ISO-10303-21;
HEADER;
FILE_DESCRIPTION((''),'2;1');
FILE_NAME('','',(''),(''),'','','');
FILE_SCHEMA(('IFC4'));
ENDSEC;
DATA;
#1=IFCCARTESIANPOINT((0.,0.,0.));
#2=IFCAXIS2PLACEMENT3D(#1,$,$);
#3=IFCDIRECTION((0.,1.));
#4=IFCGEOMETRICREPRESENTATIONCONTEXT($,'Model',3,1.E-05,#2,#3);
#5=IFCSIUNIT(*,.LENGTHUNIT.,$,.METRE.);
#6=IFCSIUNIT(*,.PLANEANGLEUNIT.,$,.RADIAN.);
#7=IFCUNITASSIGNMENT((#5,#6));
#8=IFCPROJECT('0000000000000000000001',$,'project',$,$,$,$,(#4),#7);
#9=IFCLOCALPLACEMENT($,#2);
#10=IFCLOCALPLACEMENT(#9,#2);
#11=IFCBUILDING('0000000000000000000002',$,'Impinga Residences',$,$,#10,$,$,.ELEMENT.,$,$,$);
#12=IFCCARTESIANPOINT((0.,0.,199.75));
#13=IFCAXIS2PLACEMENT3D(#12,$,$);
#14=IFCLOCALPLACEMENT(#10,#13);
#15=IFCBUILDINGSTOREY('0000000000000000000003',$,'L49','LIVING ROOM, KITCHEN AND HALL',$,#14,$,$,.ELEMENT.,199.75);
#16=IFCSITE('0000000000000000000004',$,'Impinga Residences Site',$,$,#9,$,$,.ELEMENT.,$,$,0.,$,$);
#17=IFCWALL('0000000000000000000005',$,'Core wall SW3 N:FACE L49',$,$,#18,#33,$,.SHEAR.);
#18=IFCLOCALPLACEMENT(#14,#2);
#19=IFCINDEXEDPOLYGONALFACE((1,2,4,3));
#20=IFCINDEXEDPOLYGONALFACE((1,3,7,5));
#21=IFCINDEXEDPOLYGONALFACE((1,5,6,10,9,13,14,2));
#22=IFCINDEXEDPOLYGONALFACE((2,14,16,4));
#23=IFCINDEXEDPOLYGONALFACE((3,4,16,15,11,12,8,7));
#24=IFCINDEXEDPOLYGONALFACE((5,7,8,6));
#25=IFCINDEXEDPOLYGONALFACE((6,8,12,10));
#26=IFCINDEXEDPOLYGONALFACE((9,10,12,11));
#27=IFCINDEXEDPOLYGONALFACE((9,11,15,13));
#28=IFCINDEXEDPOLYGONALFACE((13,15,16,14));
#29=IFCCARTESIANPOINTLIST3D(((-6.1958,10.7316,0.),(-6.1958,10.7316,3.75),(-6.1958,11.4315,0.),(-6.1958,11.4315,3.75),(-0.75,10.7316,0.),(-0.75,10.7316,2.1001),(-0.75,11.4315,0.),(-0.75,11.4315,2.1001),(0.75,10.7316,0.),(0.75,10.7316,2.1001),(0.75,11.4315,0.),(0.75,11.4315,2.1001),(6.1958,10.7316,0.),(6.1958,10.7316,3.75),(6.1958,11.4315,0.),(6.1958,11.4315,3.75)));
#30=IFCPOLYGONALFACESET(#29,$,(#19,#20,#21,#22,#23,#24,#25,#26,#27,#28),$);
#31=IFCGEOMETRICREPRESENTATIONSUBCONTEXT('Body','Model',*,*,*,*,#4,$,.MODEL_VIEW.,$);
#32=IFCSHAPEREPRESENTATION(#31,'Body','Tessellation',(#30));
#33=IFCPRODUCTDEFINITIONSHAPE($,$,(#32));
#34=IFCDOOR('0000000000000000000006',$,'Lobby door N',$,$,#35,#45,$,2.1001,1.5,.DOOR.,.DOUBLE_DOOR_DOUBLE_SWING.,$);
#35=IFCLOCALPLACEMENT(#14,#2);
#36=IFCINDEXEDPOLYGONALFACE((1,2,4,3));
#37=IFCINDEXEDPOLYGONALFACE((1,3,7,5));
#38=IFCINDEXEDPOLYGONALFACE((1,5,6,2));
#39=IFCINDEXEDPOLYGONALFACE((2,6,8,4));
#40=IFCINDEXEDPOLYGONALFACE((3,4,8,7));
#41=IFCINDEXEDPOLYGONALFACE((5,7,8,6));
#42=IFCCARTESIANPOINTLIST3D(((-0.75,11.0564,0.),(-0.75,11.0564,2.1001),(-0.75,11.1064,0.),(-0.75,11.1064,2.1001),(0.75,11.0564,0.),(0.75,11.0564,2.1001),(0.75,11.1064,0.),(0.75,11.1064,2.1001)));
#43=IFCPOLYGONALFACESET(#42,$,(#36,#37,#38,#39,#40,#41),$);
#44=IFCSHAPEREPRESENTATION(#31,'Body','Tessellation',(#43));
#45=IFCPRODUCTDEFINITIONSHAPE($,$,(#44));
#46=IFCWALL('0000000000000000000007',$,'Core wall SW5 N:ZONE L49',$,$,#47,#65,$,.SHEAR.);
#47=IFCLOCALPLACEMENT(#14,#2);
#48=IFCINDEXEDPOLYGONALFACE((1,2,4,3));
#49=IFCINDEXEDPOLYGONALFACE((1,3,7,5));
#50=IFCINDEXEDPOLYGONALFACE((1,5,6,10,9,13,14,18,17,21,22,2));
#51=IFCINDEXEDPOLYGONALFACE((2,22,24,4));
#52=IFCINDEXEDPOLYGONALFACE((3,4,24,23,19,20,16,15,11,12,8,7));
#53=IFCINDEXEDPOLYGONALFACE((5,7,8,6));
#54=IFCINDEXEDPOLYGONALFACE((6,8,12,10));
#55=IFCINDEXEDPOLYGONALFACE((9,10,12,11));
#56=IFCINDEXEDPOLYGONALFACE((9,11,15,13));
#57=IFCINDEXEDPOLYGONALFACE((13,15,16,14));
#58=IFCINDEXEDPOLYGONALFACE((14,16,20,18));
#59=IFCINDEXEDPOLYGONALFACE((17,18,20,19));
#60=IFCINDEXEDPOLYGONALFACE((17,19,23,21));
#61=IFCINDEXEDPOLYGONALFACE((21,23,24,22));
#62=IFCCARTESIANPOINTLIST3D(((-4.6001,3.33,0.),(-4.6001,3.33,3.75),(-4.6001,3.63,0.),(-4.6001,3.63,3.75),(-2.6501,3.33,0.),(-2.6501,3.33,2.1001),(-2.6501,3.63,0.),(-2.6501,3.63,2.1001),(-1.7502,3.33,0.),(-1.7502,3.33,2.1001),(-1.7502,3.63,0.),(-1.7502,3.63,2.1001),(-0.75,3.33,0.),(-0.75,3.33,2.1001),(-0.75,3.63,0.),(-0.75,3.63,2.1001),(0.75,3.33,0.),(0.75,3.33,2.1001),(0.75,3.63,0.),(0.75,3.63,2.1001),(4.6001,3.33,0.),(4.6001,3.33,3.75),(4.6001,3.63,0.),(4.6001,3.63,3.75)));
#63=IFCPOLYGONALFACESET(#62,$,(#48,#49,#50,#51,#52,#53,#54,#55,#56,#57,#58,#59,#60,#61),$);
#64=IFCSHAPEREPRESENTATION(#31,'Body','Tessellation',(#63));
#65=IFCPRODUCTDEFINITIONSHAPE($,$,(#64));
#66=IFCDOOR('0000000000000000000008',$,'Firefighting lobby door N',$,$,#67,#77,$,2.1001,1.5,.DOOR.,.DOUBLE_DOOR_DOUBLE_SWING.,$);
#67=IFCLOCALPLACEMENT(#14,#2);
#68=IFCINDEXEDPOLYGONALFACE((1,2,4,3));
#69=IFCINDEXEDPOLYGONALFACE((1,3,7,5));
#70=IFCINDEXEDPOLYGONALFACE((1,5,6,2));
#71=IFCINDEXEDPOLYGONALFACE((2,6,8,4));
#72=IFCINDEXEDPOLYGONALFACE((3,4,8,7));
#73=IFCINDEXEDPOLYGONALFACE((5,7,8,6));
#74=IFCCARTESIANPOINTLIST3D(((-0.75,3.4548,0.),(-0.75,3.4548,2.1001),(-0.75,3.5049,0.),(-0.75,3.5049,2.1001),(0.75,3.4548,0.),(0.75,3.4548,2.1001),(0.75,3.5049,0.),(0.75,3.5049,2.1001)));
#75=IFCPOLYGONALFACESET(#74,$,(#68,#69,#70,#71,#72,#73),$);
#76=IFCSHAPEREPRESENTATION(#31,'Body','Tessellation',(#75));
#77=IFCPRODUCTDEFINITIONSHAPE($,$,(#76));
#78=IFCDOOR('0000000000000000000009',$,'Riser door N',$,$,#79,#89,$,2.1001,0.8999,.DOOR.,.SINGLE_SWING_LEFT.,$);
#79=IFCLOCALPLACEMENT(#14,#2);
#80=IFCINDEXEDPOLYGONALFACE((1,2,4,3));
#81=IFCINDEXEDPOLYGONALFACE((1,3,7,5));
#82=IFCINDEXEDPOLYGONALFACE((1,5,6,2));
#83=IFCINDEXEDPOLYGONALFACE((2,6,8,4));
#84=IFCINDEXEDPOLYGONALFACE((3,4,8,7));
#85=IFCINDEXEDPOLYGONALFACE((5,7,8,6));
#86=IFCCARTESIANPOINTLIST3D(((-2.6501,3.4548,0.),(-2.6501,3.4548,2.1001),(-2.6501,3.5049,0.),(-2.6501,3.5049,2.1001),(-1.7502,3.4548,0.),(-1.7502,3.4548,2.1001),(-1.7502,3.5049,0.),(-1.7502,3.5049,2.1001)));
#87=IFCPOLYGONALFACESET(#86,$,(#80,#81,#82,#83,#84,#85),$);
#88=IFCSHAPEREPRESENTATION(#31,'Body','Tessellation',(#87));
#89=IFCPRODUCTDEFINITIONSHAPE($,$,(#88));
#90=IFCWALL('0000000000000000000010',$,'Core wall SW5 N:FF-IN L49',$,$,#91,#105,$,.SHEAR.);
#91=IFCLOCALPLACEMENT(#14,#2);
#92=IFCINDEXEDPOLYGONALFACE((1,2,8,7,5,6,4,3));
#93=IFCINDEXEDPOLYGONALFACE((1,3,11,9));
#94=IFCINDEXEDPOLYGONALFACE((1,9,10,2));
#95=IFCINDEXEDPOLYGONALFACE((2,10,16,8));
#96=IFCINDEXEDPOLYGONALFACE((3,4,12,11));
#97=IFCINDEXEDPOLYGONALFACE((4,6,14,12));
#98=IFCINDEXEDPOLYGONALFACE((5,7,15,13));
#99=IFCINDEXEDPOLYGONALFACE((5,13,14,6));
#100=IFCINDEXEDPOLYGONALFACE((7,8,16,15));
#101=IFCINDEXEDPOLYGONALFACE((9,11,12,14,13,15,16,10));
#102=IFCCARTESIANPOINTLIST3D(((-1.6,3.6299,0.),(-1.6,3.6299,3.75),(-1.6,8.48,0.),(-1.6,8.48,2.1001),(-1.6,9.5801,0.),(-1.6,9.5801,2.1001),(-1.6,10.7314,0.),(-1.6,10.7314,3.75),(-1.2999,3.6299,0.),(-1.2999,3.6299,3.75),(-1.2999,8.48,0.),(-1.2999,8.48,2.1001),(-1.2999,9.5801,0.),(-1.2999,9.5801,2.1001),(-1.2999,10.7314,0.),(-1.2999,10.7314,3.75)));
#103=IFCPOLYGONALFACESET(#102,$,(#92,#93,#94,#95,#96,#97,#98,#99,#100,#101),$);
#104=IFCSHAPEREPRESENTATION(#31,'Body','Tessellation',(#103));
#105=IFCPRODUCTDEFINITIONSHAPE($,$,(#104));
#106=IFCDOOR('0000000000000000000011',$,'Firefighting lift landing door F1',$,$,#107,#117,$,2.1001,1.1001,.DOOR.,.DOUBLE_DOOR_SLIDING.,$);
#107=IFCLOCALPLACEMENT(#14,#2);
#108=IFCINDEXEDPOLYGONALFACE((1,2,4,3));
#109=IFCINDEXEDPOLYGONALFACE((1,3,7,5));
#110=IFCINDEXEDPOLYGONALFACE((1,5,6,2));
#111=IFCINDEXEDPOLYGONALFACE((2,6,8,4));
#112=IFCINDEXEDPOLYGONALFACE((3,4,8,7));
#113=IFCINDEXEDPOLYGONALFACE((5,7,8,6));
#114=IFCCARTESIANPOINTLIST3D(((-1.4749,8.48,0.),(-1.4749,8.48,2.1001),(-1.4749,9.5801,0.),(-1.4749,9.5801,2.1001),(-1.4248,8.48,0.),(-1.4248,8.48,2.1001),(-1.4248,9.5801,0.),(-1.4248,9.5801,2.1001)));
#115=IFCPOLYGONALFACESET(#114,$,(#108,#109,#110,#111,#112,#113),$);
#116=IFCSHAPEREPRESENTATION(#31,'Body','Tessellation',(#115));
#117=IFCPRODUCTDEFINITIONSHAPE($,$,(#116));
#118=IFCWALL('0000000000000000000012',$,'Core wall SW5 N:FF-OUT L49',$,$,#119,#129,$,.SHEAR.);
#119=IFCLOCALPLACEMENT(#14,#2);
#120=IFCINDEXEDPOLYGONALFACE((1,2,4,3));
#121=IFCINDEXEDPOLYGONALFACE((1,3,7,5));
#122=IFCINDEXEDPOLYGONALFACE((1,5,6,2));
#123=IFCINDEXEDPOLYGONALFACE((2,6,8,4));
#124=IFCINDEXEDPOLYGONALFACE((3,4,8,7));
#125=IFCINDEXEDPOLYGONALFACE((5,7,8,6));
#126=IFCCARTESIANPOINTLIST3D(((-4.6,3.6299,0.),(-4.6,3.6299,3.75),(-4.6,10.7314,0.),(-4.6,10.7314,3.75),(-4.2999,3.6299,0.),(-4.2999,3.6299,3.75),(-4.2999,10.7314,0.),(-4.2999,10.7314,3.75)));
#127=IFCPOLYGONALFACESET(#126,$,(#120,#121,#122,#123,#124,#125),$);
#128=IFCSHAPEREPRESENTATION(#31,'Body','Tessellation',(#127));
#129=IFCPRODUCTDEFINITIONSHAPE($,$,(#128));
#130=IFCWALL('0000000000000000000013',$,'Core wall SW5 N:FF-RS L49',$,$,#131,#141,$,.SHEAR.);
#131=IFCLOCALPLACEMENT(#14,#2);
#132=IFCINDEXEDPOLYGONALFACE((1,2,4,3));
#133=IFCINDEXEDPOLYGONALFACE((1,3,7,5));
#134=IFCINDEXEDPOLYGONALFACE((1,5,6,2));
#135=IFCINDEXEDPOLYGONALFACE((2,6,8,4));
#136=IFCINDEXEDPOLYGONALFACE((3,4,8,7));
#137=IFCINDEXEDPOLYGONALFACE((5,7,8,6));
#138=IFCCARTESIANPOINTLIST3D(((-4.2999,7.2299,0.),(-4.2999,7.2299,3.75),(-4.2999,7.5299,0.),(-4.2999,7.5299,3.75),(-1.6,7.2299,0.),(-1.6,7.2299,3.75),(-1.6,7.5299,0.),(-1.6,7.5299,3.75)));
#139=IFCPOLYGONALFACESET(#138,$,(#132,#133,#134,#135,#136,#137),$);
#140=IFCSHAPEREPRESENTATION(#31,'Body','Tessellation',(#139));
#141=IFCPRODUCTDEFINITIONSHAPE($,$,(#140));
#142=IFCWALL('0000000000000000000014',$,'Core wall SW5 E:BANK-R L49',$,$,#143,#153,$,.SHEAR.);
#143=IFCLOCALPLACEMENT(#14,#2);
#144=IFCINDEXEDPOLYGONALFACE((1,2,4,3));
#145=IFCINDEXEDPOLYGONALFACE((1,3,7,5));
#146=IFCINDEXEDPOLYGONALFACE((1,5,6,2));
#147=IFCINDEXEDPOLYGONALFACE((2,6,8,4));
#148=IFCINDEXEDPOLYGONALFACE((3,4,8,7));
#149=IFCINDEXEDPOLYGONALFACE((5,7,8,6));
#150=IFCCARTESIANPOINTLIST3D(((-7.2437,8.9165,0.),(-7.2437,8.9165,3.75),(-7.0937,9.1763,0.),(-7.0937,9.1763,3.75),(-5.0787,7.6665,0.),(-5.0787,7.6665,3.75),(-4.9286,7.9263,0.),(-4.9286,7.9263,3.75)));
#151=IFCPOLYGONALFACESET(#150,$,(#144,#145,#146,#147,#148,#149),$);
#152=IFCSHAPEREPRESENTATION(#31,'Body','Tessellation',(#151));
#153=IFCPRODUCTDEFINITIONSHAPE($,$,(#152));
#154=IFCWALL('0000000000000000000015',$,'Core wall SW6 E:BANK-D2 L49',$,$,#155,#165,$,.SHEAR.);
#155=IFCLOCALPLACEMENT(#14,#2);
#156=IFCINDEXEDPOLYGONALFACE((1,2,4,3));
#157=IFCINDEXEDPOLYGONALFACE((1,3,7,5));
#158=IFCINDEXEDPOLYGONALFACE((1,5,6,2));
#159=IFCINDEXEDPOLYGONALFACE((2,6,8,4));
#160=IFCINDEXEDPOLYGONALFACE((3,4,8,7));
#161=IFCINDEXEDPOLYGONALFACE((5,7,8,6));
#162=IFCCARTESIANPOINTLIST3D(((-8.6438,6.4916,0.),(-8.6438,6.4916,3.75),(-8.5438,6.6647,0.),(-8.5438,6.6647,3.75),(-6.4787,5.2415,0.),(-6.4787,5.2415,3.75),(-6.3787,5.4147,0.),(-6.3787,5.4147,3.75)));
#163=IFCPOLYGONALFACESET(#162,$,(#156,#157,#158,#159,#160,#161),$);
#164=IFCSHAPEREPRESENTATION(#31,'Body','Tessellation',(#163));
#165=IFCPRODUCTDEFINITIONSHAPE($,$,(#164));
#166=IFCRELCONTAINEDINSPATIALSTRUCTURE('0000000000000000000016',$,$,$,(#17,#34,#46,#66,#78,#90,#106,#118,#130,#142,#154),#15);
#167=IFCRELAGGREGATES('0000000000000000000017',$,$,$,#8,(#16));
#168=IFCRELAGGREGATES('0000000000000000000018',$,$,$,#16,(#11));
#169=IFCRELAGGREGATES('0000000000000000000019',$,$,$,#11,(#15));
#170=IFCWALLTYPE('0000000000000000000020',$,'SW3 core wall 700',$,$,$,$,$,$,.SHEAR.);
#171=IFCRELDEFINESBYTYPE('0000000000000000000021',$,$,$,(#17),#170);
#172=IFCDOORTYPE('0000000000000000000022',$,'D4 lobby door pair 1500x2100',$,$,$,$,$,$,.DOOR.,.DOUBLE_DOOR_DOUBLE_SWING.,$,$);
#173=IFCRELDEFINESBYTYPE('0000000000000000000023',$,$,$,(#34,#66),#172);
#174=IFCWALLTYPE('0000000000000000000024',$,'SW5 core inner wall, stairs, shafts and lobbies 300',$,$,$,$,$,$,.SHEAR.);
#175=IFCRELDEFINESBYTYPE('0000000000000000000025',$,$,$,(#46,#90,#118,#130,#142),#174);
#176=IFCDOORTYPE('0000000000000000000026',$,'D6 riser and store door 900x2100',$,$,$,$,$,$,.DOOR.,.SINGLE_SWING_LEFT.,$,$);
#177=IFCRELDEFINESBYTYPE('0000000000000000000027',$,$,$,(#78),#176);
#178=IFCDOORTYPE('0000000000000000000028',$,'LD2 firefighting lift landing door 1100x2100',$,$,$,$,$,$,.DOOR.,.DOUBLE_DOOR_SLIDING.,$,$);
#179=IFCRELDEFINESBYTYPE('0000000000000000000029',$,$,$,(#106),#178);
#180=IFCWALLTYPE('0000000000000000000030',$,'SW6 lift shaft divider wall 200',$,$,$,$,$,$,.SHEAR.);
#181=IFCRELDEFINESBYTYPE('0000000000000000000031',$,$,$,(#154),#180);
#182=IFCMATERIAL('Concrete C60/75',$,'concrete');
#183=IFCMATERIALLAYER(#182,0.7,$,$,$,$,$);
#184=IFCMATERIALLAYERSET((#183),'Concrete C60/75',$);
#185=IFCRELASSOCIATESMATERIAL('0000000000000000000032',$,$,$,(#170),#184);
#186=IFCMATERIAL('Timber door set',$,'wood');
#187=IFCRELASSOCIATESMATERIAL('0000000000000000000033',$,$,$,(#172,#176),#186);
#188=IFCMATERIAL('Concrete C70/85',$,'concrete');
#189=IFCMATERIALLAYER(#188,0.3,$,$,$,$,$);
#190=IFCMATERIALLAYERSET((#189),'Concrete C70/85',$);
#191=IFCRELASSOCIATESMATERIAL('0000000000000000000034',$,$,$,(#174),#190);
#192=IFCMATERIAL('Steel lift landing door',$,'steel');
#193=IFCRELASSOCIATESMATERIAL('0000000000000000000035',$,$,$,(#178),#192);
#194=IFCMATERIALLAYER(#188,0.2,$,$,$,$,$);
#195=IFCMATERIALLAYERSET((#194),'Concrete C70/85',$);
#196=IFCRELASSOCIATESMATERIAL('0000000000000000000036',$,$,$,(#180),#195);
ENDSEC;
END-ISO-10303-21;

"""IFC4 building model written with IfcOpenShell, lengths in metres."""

from ifc_helpers import new_model, si_unit, direction, frame, frame_2d, origin, place, context, subcontext, project, spatial, rectangle, extrude, material, layer, layer_set, type_object, element, fill, save


model = new_model("IFC4")

# Units and contexts
model_context = context("Model", 3, precision=1e-05, world=origin(), true_north=direction((0.0, 1.0)))
body_context = subcontext(model_context, "Body", "Model", "MODEL_VIEW")
ifc_project = project(units=[si_unit("LENGTHUNIT", "METRE"), si_unit("PLANEANGLEUNIT", "RADIAN")], contexts=[model_context])

# Site, building, storey
site_placement = place(None, origin())
site = spatial("IfcSite", under=ifc_project, at=site_placement, Name="Impinga Residences Site", CompositionType="ELEMENT", RefElevation=0.0)
building_placement = place(site_placement, origin())
building = spatial("IfcBuilding", under=site, at=building_placement, Name="Impinga Residences", CompositionType="ELEMENT")
storey_placement = place(building_placement, frame((0.0, 0.0, 199.75)))
storey = spatial("IfcBuildingStorey", under=building, at=storey_placement, Name="L49", Description="LIVING ROOM, KITCHEN AND HALL", CompositionType="ELEMENT", Elevation=199.75)

# Shared definitions
ifc_material_1 = material(Name="Concrete C60/75", Category="concrete")
ifc_material_2 = material(Name="Timber door set", Category="wood")

# Wall, opening, door
ifc_layer_1 = layer(ifc_material_1, 0.7)
ifc_layer_set_1 = layer_set([ifc_layer_1], Name="Concrete C60/75")
wall_type_1 = type_object("IfcWallType", Name="SW3 core wall 700", PredefinedType="SHEAR", material=ifc_layer_set_1)
wall_1_placement = place(storey_placement, frame((-6.1958, 11.0815, 0.0), z_axis=(0.0, 0.0, 1.0), x_axis=(1.0, 0.0, 0.0)))
wall_1 = element("IfcWall", 1, at=wall_1_placement, inside=storey, type_object=wall_type_1, Name="Core wall SW3 N:FACE L49", PredefinedType="SHEAR", context=body_context, shape_type="SweptSolid", body=[
    extrude(rectangle(XDim=12.3916, YDim=0.7, at=frame_2d((6.1958, 0.0))), origin(), (0.0, 0.0, 1.0), 3.75),
])
opening_1_placement = place(wall_1_placement, frame((5.4458, 0.0, 0.0)))
opening_1 = element("IfcOpeningElement", 2, at=opening_1_placement, cuts=wall_1, PredefinedType="OPENING", context=body_context, shape_type="SweptSolid", body=[
    extrude(rectangle(XDim=1.5, YDim=2.1001, at=frame_2d((0.75, 1.05))), frame((0.0, 0.3599, 0.0), z_axis=(0.0, -1.0, 0.0), x_axis=(1.0, 0.0, 0.0)), (0.0, 0.0, 1.0), 0.72),
])
door_type_1 = type_object("IfcDoorType", Name="D4 lobby door pair 1500x2100", OperationType="DOUBLE_DOOR_DOUBLE_SWING", PredefinedType="DOOR", material=ifc_material_2)
door_1_placement = place(opening_1_placement, origin())
door_1 = element("IfcDoor", 3, at=door_1_placement, inside=storey, type_object=door_type_1, Name="Lobby door N", OperationType="DOUBLE_DOOR_DOUBLE_SWING", OverallHeight=2.1001, OverallWidth=1.5, PredefinedType="DOOR", context=body_context, shape_type="SweptSolid", body=[
    extrude(rectangle(XDim=1.5, YDim=2.1001, at=frame_2d((0.75, 1.05))), frame((0.0, 0.0249, 0.0), z_axis=(0.0, -1.0, 0.0), x_axis=(1.0, 0.0, 0.0)), (0.0, 0.0, 1.0), 0.05),
])
fill(opening_1, door_1)

# Wall, openings, doors
ifc_material_3 = material(Name="Concrete C70/85", Category="concrete")
ifc_layer_2 = layer(ifc_material_3, 0.3)
ifc_layer_set_2 = layer_set([ifc_layer_2], Name="Concrete C70/85")
wall_type_2 = type_object("IfcWallType", Name="SW5 core inner wall, stairs, shafts and lobbies 300", PredefinedType="SHEAR", material=ifc_layer_set_2)
wall_2_placement = place(storey_placement, frame((-4.6001, 3.48, 0.0), z_axis=(0.0, 0.0, 1.0), x_axis=(1.0, 0.0, 0.0)))
wall_2 = element("IfcWall", 4, at=wall_2_placement, inside=storey, type_object=wall_type_2, Name="Core wall SW5 N:ZONE L49", PredefinedType="SHEAR", context=body_context, shape_type="SweptSolid", body=[
    extrude(rectangle(XDim=9.2002, YDim=0.3, at=frame_2d((4.6001, 0.0))), origin(), (0.0, 0.0, 1.0), 3.75),
])
opening_2_placement = place(wall_2_placement, frame((3.8501, 0.0, 0.0)))
opening_2 = element("IfcOpeningElement", 5, at=opening_2_placement, cuts=wall_2, PredefinedType="OPENING", context=body_context, shape_type="SweptSolid", body=[
    extrude(rectangle(XDim=1.5, YDim=2.1001, at=frame_2d((0.75, 1.05))), frame((0.0, 0.1599, 0.0), z_axis=(0.0, -1.0, 0.0), x_axis=(1.0, 0.0, 0.0)), (0.0, 0.0, 1.0), 0.3201),
])
opening_3_placement = place(wall_2_placement, frame((1.95, 0.0, 0.0)))
opening_3 = element("IfcOpeningElement", 6, at=opening_3_placement, cuts=wall_2, PredefinedType="OPENING", context=body_context, shape_type="SweptSolid", body=[
    extrude(rectangle(XDim=0.8999, YDim=2.1001, at=frame_2d((0.45, 1.05))), frame((0.0, 0.1599, 0.0), z_axis=(0.0, -1.0, 0.0), x_axis=(1.0, 0.0, 0.0)), (0.0, 0.0, 1.0), 0.3201),
])
door_2_placement = place(opening_2_placement, origin())
door_2 = element("IfcDoor", 7, at=door_2_placement, inside=storey, type_object=door_type_1, Name="Firefighting lobby door N", OperationType="DOUBLE_DOOR_DOUBLE_SWING", OverallHeight=2.1001, OverallWidth=1.5, PredefinedType="DOOR", context=body_context, shape_type="SweptSolid", body=[
    extrude(rectangle(XDim=1.5, YDim=2.1001, at=frame_2d((0.75, 1.05))), frame((0.0, 0.0249, 0.0), z_axis=(0.0, -1.0, 0.0), x_axis=(1.0, 0.0, 0.0)), (0.0, 0.0, 1.0), 0.05),
])
fill(opening_2, door_2)
door_type_2 = type_object("IfcDoorType", Name="D6 riser and store door 900x2100", OperationType="SINGLE_SWING_LEFT", PredefinedType="DOOR", material=ifc_material_2)
door_3_placement = place(opening_3_placement, origin())
door_3 = element("IfcDoor", 8, at=door_3_placement, inside=storey, type_object=door_type_2, Name="Riser door N", OperationType="SINGLE_SWING_LEFT", OverallHeight=2.1001, OverallWidth=0.8999, PredefinedType="DOOR", context=body_context, shape_type="SweptSolid", body=[
    extrude(rectangle(XDim=0.8999, YDim=2.1001, at=frame_2d((0.45, 1.05))), frame((0.0, 0.0249, 0.0), z_axis=(0.0, -1.0, 0.0), x_axis=(1.0, 0.0, 0.0)), (0.0, 0.0, 1.0), 0.05),
])
fill(opening_3, door_3)

# Wall, opening, door
wall_3_placement = place(storey_placement, frame((-1.45, 3.6299, 0.0), z_axis=(0.0, 0.0, 1.0), x_axis=(0.0, 1.0, 0.0)))
wall_3 = element("IfcWall", 9, at=wall_3_placement, inside=storey, type_object=wall_type_2, Name="Core wall SW5 N:FF-IN L49", PredefinedType="SHEAR", context=body_context, shape_type="SweptSolid", body=[
    extrude(rectangle(XDim=7.1016, YDim=0.3, at=frame_2d((3.5508, 0.0))), origin(), (0.0, 0.0, 1.0), 3.75),
])
opening_4_placement = place(wall_3_placement, frame((4.8501, 0.0, 0.0)))
opening_4 = element("IfcOpeningElement", 10, at=opening_4_placement, cuts=wall_3, PredefinedType="OPENING", context=body_context, shape_type="SweptSolid", body=[
    extrude(rectangle(XDim=1.1001, YDim=2.1001, at=frame_2d((0.55, 1.05))), frame((0.0, 0.1599, 0.0), z_axis=(0.0, -1.0, 0.0), x_axis=(1.0, 0.0, 0.0)), (0.0, 0.0, 1.0), 0.3201),
])
ifc_material_4 = material(Name="Steel lift landing door", Category="steel")
door_type_3 = type_object("IfcDoorType", Name="LD2 firefighting lift landing door 1100x2100", OperationType="DOUBLE_DOOR_SLIDING", PredefinedType="DOOR", material=ifc_material_4)
door_4_placement = place(opening_4_placement, origin())
door_4 = element("IfcDoor", 11, at=door_4_placement, inside=storey, type_object=door_type_3, Name="Firefighting lift landing door F1", OperationType="DOUBLE_DOOR_SLIDING", OverallHeight=2.1001, OverallWidth=1.1001, PredefinedType="DOOR", context=body_context, shape_type="SweptSolid", body=[
    extrude(rectangle(XDim=1.1001, YDim=2.1001, at=frame_2d((0.55, 1.05))), frame((0.0, 0.0249, 0.0), z_axis=(0.0, -1.0, 0.0), x_axis=(1.0, 0.0, 0.0)), (0.0, 0.0, 1.0), 0.05),
])
fill(opening_4, door_4)

# Walls
wall_4_placement = place(storey_placement, frame((-4.45, 3.6299, 0.0), z_axis=(0.0, 0.0, 1.0), x_axis=(0.0, 1.0, 0.0)))
element("IfcWall", 12, at=wall_4_placement, inside=storey, type_object=wall_type_2, Name="Core wall SW5 N:FF-OUT L49", PredefinedType="SHEAR", context=body_context, shape_type="SweptSolid", body=[
    extrude(rectangle(XDim=7.1016, YDim=0.3, at=frame_2d((3.5508, 0.0))), origin(), (0.0, 0.0, 1.0), 3.75),
])
wall_5_placement = place(storey_placement, frame((-4.3, 7.3799, 0.0), z_axis=(0.0, 0.0, 1.0), x_axis=(1.0, 0.0, 0.0)))
element("IfcWall", 13, at=wall_5_placement, inside=storey, type_object=wall_type_2, Name="Core wall SW5 N:FF-RS L49", PredefinedType="SHEAR", context=body_context, shape_type="SweptSolid", body=[
    extrude(rectangle(XDim=2.7, YDim=0.3, at=frame_2d((1.3501, 0.0))), origin(), (0.0, 0.0, 1.0), 3.75),
])
wall_6_placement = place(storey_placement, frame((-5.0037, 7.7964, 0.0), z_axis=(0.0, 0.0, 1.0), x_axis=(-0.866023, 0.500004, 0.0)))
element("IfcWall", 14, at=wall_6_placement, inside=storey, type_object=wall_type_2, Name="Core wall SW5 E:BANK-R L49", PredefinedType="SHEAR", context=body_context, shape_type="SweptSolid", body=[
    extrude(rectangle(XDim=2.5, YDim=0.3, at=frame_2d((1.25, 0.0))), origin(), (0.0, 0.0, 1.0), 3.75),
])
ifc_layer_3 = layer(ifc_material_3, 0.2)
ifc_layer_set_3 = layer_set([ifc_layer_3], Name="Concrete C70/85")
wall_type_3 = type_object("IfcWallType", Name="SW6 lift shaft divider wall 200", PredefinedType="SHEAR", material=ifc_layer_set_3)
wall_7_placement = place(storey_placement, frame((-6.4287, 5.3281, 0.0), z_axis=(0.0, 0.0, 1.0), x_axis=(-0.866023, 0.500004, 0.0)))
element("IfcWall", 15, at=wall_7_placement, inside=storey, type_object=wall_type_3, Name="Core wall SW6 E:BANK-D2 L49", PredefinedType="SHEAR", context=body_context, shape_type="SweptSolid", body=[
    extrude(rectangle(XDim=2.5, YDim=0.2, at=frame_2d((1.25, 0.0))), origin(), (0.0, 0.0, 1.0), 3.75),
])

save(model, "model.ifc")
